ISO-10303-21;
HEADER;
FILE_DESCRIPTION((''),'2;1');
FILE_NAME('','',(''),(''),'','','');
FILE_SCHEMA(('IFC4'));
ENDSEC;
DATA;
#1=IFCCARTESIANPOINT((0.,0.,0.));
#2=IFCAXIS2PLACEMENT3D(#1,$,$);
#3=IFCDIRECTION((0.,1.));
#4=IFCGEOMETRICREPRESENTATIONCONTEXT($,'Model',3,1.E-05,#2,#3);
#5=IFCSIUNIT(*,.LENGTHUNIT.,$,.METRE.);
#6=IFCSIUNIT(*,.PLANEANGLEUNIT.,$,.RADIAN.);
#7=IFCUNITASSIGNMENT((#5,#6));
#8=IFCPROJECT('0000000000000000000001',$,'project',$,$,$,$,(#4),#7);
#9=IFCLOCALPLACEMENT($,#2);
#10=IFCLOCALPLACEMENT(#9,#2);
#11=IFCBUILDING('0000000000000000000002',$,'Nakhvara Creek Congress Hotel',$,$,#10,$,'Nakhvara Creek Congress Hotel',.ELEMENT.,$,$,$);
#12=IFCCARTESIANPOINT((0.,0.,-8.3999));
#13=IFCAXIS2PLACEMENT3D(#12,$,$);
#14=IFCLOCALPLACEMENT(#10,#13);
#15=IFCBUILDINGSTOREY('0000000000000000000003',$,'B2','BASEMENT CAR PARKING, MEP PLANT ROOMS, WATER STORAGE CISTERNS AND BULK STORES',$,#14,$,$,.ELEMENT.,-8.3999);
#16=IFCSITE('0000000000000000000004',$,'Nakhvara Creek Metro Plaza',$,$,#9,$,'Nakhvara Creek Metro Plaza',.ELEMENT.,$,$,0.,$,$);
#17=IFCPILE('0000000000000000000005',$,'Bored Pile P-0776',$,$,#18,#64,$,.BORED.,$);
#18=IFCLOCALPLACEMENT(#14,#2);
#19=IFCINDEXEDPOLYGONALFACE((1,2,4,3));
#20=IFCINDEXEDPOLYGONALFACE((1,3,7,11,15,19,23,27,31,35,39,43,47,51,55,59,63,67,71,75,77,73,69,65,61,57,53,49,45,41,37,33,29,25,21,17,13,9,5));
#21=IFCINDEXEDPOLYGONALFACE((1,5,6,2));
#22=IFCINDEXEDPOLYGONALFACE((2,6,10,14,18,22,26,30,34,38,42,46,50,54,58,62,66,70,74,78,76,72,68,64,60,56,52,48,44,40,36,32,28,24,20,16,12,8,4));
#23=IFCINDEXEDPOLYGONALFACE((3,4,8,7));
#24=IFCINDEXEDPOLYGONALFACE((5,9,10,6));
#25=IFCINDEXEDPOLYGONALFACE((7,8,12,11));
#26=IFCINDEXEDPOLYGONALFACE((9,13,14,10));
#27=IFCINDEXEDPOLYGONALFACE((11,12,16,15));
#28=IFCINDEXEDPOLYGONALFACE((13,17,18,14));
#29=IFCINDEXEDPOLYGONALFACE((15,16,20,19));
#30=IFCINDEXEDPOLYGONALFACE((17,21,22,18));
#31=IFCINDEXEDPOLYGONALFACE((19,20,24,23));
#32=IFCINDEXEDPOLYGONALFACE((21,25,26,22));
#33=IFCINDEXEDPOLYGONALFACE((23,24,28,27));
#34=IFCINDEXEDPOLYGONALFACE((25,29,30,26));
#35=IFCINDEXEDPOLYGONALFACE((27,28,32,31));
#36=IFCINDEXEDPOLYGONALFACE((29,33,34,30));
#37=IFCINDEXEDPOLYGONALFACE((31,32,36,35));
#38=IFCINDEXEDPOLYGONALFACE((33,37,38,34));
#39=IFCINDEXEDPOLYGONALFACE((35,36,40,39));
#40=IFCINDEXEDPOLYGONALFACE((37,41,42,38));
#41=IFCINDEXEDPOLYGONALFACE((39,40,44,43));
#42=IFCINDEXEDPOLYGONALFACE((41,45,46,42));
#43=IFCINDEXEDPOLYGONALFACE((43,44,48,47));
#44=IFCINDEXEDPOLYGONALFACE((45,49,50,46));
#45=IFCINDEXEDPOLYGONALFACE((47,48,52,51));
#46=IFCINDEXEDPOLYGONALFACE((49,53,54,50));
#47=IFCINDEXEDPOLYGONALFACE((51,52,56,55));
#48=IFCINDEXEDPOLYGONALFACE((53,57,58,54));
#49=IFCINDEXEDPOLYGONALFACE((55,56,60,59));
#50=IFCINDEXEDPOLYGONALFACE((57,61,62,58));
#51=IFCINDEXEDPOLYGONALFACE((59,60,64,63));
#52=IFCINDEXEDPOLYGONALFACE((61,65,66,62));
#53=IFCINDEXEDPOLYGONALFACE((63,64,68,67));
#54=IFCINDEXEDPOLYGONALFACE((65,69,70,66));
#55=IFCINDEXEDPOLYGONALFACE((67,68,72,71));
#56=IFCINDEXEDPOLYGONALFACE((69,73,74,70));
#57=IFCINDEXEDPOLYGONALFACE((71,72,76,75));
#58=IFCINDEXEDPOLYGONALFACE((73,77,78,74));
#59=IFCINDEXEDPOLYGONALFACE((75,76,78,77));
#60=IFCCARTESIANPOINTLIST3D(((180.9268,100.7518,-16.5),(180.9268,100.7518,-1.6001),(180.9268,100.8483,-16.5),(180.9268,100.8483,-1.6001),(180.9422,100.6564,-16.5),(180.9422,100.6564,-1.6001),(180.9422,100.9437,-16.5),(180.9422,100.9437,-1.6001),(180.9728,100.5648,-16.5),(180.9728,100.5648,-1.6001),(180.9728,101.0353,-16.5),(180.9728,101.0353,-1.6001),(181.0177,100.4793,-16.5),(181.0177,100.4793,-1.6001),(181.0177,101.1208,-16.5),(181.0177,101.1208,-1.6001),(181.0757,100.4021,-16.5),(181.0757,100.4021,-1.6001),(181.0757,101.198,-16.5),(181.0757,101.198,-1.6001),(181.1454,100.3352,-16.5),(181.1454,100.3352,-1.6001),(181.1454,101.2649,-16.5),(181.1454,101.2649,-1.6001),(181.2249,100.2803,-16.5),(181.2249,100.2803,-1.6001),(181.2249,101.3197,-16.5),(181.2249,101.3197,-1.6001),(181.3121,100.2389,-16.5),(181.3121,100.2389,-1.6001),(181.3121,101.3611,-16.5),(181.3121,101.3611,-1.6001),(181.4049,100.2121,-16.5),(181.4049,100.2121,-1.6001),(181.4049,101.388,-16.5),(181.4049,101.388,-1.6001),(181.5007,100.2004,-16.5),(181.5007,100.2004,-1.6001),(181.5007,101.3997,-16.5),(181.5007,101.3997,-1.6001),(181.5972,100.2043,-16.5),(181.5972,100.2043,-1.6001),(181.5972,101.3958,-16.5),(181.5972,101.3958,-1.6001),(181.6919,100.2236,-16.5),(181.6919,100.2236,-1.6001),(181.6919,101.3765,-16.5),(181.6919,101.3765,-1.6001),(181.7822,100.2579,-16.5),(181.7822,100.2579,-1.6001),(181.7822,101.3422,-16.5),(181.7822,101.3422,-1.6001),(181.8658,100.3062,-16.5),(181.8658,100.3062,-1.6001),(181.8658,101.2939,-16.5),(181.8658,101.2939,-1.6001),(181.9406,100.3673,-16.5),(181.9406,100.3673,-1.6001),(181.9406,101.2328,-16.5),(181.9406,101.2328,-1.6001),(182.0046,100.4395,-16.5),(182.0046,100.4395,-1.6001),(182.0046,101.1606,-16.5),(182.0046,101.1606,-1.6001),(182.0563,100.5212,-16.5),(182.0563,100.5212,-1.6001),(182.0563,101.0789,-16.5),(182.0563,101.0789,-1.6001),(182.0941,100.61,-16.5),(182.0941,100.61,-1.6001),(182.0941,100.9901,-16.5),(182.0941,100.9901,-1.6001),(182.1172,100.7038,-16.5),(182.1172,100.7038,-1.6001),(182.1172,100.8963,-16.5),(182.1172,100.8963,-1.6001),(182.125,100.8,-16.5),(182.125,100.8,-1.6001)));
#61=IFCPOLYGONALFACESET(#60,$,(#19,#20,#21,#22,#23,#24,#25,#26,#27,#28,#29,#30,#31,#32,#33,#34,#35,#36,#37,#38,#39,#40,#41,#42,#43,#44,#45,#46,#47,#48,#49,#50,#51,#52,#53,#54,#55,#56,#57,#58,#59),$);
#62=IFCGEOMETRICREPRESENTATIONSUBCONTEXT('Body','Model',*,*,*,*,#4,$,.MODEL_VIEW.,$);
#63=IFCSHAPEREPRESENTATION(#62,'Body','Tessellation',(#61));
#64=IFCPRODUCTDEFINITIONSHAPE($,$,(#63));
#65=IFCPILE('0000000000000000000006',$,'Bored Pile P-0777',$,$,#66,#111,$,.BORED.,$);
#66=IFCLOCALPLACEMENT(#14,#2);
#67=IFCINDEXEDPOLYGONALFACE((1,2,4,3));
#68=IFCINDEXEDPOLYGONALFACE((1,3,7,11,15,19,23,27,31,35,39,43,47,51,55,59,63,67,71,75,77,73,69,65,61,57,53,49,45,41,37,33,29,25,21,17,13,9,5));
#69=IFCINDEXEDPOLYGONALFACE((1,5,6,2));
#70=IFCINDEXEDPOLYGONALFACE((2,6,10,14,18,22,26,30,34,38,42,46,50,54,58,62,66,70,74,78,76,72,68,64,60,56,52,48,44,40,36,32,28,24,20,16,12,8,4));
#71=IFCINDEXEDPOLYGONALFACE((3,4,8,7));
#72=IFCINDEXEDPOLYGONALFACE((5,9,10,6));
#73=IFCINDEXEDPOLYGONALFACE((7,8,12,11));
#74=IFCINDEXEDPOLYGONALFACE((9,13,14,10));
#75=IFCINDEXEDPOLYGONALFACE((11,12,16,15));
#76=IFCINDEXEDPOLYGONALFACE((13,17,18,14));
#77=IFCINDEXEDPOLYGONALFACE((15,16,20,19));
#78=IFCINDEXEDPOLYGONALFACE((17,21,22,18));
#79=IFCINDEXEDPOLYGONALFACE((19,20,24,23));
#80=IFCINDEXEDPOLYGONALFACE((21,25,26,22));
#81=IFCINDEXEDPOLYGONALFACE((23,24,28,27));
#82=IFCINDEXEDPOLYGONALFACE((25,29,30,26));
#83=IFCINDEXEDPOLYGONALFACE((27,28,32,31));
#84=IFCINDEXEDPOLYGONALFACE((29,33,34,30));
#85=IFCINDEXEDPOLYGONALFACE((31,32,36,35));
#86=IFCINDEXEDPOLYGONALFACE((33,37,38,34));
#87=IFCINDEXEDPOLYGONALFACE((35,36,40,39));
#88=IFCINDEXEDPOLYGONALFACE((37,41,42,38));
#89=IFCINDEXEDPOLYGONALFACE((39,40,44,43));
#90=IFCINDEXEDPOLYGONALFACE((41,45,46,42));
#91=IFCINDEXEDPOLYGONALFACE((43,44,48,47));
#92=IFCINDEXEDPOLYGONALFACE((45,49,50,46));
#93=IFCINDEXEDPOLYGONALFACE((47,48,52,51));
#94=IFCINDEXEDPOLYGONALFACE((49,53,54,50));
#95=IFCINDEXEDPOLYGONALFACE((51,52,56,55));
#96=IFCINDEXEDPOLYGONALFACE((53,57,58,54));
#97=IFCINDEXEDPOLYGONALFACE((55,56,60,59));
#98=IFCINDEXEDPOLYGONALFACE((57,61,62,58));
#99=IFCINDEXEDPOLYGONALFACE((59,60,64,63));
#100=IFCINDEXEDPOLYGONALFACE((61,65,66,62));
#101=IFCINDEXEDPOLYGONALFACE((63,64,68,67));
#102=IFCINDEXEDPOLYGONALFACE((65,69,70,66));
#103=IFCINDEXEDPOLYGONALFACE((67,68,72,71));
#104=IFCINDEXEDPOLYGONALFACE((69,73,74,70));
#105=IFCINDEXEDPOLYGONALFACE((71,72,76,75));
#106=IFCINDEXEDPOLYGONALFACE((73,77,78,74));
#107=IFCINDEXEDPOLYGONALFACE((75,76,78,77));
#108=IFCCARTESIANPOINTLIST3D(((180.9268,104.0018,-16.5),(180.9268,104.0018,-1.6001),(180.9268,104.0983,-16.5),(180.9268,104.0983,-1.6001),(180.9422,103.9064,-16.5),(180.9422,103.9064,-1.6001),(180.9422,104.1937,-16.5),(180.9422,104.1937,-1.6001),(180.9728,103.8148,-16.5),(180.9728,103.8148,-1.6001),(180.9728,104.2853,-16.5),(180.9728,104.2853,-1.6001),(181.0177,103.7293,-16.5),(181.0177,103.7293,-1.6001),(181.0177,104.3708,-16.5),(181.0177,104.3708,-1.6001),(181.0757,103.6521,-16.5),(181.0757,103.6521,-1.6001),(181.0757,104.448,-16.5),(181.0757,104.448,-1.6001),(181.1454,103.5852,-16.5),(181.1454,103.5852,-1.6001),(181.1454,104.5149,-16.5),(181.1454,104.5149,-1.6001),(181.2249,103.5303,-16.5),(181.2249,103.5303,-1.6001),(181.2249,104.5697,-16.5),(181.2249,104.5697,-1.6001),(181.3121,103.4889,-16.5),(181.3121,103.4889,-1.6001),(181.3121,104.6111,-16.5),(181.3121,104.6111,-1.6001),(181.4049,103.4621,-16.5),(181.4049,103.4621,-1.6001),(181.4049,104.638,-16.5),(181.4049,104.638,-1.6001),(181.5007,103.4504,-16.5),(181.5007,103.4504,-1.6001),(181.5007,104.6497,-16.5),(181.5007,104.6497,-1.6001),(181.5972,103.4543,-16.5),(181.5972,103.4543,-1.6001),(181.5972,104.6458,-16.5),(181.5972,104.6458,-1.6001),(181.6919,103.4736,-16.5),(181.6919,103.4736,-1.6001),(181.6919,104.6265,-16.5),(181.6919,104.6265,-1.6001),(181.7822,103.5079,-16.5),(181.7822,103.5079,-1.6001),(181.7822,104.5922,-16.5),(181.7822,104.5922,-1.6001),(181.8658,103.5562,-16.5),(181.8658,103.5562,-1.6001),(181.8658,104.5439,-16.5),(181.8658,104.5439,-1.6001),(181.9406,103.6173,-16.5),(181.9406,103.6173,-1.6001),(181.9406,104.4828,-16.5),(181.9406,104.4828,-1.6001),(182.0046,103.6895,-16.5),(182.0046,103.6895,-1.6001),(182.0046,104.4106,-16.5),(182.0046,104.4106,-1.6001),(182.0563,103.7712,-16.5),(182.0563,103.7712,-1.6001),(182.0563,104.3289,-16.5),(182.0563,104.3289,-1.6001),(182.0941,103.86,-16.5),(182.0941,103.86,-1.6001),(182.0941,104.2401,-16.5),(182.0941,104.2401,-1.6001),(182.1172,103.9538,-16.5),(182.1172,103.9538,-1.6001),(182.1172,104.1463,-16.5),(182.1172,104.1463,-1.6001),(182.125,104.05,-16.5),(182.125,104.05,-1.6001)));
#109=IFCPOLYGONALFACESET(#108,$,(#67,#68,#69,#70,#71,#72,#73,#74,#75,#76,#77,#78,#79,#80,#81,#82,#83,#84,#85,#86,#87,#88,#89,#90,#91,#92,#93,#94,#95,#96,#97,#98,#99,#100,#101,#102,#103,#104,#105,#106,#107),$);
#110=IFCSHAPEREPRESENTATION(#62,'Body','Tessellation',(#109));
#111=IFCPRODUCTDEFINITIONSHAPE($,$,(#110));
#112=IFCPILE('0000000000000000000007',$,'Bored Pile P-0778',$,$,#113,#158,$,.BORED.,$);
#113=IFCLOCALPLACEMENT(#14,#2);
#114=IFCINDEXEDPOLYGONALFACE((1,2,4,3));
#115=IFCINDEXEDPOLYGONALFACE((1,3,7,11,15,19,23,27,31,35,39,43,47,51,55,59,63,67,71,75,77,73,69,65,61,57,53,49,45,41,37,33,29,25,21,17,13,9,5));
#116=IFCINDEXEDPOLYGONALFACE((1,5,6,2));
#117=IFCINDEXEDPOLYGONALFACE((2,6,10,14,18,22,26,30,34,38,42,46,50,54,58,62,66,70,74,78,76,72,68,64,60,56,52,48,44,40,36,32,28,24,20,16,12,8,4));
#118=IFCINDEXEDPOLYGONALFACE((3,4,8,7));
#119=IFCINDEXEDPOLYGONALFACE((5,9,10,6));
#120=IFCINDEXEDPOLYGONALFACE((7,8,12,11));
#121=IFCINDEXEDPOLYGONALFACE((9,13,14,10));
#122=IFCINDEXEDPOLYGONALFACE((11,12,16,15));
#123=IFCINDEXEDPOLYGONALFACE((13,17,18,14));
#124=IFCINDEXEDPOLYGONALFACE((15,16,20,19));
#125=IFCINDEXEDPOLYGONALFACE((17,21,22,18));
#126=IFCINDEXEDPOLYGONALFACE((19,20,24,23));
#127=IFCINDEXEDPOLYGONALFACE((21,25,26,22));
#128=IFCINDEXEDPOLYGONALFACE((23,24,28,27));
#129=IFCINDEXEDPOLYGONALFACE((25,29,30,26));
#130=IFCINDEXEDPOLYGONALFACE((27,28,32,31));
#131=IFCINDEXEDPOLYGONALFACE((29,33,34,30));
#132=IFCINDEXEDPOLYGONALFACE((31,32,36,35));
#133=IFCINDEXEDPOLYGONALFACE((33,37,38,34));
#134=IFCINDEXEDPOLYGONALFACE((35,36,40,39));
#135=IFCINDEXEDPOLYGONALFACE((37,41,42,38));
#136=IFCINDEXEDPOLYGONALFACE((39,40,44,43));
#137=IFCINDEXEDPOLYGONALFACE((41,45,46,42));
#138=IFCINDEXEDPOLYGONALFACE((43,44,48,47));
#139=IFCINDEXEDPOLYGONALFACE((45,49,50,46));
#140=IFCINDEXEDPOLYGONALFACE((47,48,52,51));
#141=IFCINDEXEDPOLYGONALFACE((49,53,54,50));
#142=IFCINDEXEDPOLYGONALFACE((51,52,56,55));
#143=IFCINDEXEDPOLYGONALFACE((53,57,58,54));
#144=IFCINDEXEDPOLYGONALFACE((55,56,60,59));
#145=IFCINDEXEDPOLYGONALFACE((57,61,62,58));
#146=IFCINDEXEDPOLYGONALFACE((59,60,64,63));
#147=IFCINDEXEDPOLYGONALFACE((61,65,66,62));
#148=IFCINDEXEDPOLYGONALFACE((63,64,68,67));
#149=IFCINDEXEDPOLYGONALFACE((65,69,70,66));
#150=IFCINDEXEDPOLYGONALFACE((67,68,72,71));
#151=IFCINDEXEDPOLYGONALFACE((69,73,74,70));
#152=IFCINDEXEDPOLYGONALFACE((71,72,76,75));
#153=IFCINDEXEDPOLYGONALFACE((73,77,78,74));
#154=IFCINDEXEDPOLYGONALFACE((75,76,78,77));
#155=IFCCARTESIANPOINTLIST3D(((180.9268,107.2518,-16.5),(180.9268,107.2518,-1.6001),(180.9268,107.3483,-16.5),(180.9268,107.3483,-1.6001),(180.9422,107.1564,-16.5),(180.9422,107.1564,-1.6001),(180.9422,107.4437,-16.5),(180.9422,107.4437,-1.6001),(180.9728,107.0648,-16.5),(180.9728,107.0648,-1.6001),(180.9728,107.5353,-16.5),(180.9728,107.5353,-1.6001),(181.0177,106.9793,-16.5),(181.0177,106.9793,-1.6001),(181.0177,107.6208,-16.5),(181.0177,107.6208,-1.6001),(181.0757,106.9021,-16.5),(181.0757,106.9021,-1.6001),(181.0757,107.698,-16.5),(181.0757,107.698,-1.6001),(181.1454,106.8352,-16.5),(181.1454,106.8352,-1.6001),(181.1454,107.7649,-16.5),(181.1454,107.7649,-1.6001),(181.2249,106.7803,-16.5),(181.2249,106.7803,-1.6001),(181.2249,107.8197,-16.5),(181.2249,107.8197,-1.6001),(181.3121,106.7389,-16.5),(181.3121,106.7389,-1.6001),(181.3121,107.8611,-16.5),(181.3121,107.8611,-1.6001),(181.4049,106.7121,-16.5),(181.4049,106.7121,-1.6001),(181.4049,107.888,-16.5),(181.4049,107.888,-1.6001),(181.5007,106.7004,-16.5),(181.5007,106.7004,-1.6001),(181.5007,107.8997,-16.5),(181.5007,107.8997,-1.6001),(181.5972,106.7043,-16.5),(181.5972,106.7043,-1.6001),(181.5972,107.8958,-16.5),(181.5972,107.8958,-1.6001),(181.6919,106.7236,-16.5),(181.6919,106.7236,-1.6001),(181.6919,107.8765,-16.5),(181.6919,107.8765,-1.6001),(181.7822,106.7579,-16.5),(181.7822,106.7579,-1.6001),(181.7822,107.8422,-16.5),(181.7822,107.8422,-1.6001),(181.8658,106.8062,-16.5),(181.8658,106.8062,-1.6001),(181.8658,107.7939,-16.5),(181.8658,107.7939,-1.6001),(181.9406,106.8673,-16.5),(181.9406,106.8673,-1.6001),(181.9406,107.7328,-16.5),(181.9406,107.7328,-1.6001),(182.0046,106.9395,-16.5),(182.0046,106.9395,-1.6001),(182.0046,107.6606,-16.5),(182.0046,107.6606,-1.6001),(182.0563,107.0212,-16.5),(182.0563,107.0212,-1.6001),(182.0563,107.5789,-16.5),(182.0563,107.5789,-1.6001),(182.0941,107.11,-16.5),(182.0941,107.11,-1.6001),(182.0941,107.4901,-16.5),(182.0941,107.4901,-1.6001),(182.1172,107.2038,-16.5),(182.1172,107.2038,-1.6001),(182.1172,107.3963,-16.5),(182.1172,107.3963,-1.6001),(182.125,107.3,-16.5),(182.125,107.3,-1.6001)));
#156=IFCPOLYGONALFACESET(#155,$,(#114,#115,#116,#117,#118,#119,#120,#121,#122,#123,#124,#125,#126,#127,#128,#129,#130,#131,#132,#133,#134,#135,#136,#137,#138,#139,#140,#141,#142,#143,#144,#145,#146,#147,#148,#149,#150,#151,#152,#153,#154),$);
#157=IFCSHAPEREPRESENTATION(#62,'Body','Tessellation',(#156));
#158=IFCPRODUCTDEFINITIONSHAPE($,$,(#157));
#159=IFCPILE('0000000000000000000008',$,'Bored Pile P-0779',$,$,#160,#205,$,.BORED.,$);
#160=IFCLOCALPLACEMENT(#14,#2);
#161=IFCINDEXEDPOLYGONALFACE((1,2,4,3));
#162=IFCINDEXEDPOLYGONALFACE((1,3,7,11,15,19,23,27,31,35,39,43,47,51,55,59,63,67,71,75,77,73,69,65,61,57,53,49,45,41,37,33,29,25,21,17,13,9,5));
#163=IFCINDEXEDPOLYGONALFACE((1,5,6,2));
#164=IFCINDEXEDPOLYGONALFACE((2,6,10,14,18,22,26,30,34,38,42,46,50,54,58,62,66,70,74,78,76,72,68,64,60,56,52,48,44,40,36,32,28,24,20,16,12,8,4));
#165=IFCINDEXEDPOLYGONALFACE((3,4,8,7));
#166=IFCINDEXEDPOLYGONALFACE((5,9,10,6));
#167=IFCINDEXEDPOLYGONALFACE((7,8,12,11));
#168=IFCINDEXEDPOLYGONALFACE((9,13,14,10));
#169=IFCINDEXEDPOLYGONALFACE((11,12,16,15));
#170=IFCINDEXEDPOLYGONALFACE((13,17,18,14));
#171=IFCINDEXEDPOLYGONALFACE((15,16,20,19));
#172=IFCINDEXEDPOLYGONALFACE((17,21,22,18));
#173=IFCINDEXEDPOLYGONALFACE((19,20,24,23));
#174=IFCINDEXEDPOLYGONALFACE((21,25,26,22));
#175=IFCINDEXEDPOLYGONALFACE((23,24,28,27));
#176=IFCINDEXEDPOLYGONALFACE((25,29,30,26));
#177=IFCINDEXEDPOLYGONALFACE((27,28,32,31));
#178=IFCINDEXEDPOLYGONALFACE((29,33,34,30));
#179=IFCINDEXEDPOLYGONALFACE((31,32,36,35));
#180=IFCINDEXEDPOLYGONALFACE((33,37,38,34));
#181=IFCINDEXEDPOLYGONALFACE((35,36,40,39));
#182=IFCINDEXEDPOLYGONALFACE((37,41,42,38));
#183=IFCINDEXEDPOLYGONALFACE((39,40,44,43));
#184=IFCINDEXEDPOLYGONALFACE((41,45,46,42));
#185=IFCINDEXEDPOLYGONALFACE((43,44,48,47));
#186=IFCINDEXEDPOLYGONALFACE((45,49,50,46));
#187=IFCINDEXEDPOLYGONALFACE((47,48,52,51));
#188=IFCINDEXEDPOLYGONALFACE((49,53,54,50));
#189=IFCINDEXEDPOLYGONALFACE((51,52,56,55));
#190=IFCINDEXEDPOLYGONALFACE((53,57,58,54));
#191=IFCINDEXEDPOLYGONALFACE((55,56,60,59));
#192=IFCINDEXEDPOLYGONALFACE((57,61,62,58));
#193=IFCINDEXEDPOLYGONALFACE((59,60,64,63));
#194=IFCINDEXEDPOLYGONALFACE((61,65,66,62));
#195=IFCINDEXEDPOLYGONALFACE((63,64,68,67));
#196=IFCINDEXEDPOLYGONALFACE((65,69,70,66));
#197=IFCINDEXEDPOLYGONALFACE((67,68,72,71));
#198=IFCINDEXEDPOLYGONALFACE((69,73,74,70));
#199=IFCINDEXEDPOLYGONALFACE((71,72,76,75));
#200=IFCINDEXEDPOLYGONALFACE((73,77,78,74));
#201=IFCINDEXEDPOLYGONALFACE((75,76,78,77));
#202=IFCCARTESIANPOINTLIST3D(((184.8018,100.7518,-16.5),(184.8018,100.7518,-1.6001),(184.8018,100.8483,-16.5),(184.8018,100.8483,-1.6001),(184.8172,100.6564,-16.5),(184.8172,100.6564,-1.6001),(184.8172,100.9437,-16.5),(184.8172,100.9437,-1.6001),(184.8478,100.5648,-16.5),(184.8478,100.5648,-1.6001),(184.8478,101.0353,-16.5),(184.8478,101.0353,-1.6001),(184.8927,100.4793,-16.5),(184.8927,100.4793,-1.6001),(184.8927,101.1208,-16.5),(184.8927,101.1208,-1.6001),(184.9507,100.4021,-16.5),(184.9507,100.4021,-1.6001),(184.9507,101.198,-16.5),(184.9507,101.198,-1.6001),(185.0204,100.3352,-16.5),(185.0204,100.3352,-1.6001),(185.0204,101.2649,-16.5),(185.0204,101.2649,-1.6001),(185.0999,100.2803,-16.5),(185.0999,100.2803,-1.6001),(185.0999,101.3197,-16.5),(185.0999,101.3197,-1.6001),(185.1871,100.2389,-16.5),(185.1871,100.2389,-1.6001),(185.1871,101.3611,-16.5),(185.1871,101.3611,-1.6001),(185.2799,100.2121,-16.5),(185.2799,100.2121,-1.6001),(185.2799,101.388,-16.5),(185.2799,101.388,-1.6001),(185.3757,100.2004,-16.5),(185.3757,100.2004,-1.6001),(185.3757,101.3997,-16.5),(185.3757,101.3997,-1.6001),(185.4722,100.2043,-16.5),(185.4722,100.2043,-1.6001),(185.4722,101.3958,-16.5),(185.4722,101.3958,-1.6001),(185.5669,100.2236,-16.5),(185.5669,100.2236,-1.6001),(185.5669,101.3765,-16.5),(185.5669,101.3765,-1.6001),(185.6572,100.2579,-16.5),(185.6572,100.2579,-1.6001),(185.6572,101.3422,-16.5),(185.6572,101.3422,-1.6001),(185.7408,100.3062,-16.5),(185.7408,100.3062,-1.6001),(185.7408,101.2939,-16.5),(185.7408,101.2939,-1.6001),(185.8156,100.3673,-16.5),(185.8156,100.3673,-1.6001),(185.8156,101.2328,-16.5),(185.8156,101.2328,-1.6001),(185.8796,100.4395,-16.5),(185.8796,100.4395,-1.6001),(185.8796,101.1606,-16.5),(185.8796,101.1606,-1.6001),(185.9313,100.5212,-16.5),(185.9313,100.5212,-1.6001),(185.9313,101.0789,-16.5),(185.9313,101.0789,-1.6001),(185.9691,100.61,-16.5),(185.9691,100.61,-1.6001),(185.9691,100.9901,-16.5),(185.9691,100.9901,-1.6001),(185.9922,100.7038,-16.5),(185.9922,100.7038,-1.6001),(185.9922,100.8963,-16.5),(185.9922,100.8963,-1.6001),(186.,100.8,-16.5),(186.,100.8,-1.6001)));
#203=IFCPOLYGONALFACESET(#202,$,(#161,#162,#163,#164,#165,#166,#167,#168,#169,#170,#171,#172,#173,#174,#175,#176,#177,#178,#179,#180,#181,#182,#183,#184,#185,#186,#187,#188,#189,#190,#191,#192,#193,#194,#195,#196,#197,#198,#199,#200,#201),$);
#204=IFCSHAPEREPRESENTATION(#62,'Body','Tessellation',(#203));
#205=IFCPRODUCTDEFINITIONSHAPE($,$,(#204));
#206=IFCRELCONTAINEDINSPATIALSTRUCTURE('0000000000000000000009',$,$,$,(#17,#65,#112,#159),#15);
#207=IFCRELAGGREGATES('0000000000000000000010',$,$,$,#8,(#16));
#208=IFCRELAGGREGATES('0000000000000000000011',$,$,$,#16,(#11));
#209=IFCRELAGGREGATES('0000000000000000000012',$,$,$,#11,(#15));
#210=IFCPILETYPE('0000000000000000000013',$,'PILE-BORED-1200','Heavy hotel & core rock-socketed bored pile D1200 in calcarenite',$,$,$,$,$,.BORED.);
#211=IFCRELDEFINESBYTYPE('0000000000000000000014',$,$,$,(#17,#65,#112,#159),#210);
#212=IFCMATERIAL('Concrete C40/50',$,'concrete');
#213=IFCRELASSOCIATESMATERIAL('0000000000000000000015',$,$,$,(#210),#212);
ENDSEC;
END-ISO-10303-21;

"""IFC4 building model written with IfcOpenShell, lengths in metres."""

from ifc_helpers import new_model, si_unit, direction, frame, origin, origin_2d, place, context, subcontext, project, spatial, circle, extrude, material, material_profile, profile_set, type_object, element, save


model = new_model("IFC4")

# Units and contexts
model_context = context("Model", 3, precision=1e-05, world=origin(), true_north=direction((0.0, 1.0)))
body_context = subcontext(model_context, "Body", "Model", "MODEL_VIEW")
ifc_project = project(units=[si_unit("LENGTHUNIT", "METRE"), si_unit("PLANEANGLEUNIT", "RADIAN")], contexts=[model_context])

# Site, building, storey
site_placement = place(None, origin())
site = spatial("IfcSite", under=ifc_project, at=site_placement, Name="Nakhvara Creek Metro Plaza", LongName="Nakhvara Creek Metro Plaza", CompositionType="ELEMENT", RefElevation=0.0)
building_placement = place(site_placement, origin())
building = spatial("IfcBuilding", under=site, at=building_placement, Name="Nakhvara Creek Congress Hotel", LongName="Nakhvara Creek Congress Hotel", CompositionType="ELEMENT")
storey_placement = place(building_placement, frame((0.0, 0.0, -8.3999)))
storey = spatial("IfcBuildingStorey", under=building, at=storey_placement, Name="B2", Description="BASEMENT CAR PARKING, MEP PLANT ROOMS, WATER STORAGE CISTERNS AND BULK STORES", CompositionType="ELEMENT", Elevation=-8.3999)

# Shared definitions
ifc_material_1 = material(Name="Concrete C40/50", Category="concrete")

# Piles
ifc_material_profile_1 = material_profile(ifc_material_1, circle(Radius=0.6001, at=origin_2d()), Name="BORED PILE D1200", Category="LoadBearing")
ifc_profile_set_1 = profile_set([ifc_material_profile_1], Name="Concrete C40/50")
pile_type = type_object("IfcPileType", Name="PILE-BORED-1200", Description="Heavy hotel & core rock-socketed bored pile D1200 in calcarenite", PredefinedType="BORED", material=ifc_profile_set_1)
for number, where, z_axis, x_axis, name in (
    (1, (181.5249, 100.8, -1.6001), (0.0, 0.0, -1.0), (1.0, 0.0, 0.0), "Bored Pile P-0776"),
    (2, (181.5249, 104.05, -1.6001), (0.0, 0.0, -1.0), (1.0, 0.0, 0.0), "Bored Pile P-0777"),
    (3, (181.5249, 107.3, -1.6001), (0.0, 0.0, -1.0), (1.0, 0.0, 0.0), "Bored Pile P-0778"),
    (4, (185.3999, 100.8, -1.6001), (0.0, 0.0, -1.0), (1.0, 0.0, 0.0), "Bored Pile P-0779"),
):
    element("IfcPile", number, at=place(storey_placement, frame(where, z_axis=z_axis, x_axis=x_axis)), inside=storey, type_object=pile_type, Name=name, PredefinedType="BORED", context=body_context, shape_type="SweptSolid", body=[
        extrude(circle(Radius=0.6001, at=origin_2d()), origin(), (0.0, 0.0, 1.0), 14.8999),
    ])

save(model, "model.ifc")
